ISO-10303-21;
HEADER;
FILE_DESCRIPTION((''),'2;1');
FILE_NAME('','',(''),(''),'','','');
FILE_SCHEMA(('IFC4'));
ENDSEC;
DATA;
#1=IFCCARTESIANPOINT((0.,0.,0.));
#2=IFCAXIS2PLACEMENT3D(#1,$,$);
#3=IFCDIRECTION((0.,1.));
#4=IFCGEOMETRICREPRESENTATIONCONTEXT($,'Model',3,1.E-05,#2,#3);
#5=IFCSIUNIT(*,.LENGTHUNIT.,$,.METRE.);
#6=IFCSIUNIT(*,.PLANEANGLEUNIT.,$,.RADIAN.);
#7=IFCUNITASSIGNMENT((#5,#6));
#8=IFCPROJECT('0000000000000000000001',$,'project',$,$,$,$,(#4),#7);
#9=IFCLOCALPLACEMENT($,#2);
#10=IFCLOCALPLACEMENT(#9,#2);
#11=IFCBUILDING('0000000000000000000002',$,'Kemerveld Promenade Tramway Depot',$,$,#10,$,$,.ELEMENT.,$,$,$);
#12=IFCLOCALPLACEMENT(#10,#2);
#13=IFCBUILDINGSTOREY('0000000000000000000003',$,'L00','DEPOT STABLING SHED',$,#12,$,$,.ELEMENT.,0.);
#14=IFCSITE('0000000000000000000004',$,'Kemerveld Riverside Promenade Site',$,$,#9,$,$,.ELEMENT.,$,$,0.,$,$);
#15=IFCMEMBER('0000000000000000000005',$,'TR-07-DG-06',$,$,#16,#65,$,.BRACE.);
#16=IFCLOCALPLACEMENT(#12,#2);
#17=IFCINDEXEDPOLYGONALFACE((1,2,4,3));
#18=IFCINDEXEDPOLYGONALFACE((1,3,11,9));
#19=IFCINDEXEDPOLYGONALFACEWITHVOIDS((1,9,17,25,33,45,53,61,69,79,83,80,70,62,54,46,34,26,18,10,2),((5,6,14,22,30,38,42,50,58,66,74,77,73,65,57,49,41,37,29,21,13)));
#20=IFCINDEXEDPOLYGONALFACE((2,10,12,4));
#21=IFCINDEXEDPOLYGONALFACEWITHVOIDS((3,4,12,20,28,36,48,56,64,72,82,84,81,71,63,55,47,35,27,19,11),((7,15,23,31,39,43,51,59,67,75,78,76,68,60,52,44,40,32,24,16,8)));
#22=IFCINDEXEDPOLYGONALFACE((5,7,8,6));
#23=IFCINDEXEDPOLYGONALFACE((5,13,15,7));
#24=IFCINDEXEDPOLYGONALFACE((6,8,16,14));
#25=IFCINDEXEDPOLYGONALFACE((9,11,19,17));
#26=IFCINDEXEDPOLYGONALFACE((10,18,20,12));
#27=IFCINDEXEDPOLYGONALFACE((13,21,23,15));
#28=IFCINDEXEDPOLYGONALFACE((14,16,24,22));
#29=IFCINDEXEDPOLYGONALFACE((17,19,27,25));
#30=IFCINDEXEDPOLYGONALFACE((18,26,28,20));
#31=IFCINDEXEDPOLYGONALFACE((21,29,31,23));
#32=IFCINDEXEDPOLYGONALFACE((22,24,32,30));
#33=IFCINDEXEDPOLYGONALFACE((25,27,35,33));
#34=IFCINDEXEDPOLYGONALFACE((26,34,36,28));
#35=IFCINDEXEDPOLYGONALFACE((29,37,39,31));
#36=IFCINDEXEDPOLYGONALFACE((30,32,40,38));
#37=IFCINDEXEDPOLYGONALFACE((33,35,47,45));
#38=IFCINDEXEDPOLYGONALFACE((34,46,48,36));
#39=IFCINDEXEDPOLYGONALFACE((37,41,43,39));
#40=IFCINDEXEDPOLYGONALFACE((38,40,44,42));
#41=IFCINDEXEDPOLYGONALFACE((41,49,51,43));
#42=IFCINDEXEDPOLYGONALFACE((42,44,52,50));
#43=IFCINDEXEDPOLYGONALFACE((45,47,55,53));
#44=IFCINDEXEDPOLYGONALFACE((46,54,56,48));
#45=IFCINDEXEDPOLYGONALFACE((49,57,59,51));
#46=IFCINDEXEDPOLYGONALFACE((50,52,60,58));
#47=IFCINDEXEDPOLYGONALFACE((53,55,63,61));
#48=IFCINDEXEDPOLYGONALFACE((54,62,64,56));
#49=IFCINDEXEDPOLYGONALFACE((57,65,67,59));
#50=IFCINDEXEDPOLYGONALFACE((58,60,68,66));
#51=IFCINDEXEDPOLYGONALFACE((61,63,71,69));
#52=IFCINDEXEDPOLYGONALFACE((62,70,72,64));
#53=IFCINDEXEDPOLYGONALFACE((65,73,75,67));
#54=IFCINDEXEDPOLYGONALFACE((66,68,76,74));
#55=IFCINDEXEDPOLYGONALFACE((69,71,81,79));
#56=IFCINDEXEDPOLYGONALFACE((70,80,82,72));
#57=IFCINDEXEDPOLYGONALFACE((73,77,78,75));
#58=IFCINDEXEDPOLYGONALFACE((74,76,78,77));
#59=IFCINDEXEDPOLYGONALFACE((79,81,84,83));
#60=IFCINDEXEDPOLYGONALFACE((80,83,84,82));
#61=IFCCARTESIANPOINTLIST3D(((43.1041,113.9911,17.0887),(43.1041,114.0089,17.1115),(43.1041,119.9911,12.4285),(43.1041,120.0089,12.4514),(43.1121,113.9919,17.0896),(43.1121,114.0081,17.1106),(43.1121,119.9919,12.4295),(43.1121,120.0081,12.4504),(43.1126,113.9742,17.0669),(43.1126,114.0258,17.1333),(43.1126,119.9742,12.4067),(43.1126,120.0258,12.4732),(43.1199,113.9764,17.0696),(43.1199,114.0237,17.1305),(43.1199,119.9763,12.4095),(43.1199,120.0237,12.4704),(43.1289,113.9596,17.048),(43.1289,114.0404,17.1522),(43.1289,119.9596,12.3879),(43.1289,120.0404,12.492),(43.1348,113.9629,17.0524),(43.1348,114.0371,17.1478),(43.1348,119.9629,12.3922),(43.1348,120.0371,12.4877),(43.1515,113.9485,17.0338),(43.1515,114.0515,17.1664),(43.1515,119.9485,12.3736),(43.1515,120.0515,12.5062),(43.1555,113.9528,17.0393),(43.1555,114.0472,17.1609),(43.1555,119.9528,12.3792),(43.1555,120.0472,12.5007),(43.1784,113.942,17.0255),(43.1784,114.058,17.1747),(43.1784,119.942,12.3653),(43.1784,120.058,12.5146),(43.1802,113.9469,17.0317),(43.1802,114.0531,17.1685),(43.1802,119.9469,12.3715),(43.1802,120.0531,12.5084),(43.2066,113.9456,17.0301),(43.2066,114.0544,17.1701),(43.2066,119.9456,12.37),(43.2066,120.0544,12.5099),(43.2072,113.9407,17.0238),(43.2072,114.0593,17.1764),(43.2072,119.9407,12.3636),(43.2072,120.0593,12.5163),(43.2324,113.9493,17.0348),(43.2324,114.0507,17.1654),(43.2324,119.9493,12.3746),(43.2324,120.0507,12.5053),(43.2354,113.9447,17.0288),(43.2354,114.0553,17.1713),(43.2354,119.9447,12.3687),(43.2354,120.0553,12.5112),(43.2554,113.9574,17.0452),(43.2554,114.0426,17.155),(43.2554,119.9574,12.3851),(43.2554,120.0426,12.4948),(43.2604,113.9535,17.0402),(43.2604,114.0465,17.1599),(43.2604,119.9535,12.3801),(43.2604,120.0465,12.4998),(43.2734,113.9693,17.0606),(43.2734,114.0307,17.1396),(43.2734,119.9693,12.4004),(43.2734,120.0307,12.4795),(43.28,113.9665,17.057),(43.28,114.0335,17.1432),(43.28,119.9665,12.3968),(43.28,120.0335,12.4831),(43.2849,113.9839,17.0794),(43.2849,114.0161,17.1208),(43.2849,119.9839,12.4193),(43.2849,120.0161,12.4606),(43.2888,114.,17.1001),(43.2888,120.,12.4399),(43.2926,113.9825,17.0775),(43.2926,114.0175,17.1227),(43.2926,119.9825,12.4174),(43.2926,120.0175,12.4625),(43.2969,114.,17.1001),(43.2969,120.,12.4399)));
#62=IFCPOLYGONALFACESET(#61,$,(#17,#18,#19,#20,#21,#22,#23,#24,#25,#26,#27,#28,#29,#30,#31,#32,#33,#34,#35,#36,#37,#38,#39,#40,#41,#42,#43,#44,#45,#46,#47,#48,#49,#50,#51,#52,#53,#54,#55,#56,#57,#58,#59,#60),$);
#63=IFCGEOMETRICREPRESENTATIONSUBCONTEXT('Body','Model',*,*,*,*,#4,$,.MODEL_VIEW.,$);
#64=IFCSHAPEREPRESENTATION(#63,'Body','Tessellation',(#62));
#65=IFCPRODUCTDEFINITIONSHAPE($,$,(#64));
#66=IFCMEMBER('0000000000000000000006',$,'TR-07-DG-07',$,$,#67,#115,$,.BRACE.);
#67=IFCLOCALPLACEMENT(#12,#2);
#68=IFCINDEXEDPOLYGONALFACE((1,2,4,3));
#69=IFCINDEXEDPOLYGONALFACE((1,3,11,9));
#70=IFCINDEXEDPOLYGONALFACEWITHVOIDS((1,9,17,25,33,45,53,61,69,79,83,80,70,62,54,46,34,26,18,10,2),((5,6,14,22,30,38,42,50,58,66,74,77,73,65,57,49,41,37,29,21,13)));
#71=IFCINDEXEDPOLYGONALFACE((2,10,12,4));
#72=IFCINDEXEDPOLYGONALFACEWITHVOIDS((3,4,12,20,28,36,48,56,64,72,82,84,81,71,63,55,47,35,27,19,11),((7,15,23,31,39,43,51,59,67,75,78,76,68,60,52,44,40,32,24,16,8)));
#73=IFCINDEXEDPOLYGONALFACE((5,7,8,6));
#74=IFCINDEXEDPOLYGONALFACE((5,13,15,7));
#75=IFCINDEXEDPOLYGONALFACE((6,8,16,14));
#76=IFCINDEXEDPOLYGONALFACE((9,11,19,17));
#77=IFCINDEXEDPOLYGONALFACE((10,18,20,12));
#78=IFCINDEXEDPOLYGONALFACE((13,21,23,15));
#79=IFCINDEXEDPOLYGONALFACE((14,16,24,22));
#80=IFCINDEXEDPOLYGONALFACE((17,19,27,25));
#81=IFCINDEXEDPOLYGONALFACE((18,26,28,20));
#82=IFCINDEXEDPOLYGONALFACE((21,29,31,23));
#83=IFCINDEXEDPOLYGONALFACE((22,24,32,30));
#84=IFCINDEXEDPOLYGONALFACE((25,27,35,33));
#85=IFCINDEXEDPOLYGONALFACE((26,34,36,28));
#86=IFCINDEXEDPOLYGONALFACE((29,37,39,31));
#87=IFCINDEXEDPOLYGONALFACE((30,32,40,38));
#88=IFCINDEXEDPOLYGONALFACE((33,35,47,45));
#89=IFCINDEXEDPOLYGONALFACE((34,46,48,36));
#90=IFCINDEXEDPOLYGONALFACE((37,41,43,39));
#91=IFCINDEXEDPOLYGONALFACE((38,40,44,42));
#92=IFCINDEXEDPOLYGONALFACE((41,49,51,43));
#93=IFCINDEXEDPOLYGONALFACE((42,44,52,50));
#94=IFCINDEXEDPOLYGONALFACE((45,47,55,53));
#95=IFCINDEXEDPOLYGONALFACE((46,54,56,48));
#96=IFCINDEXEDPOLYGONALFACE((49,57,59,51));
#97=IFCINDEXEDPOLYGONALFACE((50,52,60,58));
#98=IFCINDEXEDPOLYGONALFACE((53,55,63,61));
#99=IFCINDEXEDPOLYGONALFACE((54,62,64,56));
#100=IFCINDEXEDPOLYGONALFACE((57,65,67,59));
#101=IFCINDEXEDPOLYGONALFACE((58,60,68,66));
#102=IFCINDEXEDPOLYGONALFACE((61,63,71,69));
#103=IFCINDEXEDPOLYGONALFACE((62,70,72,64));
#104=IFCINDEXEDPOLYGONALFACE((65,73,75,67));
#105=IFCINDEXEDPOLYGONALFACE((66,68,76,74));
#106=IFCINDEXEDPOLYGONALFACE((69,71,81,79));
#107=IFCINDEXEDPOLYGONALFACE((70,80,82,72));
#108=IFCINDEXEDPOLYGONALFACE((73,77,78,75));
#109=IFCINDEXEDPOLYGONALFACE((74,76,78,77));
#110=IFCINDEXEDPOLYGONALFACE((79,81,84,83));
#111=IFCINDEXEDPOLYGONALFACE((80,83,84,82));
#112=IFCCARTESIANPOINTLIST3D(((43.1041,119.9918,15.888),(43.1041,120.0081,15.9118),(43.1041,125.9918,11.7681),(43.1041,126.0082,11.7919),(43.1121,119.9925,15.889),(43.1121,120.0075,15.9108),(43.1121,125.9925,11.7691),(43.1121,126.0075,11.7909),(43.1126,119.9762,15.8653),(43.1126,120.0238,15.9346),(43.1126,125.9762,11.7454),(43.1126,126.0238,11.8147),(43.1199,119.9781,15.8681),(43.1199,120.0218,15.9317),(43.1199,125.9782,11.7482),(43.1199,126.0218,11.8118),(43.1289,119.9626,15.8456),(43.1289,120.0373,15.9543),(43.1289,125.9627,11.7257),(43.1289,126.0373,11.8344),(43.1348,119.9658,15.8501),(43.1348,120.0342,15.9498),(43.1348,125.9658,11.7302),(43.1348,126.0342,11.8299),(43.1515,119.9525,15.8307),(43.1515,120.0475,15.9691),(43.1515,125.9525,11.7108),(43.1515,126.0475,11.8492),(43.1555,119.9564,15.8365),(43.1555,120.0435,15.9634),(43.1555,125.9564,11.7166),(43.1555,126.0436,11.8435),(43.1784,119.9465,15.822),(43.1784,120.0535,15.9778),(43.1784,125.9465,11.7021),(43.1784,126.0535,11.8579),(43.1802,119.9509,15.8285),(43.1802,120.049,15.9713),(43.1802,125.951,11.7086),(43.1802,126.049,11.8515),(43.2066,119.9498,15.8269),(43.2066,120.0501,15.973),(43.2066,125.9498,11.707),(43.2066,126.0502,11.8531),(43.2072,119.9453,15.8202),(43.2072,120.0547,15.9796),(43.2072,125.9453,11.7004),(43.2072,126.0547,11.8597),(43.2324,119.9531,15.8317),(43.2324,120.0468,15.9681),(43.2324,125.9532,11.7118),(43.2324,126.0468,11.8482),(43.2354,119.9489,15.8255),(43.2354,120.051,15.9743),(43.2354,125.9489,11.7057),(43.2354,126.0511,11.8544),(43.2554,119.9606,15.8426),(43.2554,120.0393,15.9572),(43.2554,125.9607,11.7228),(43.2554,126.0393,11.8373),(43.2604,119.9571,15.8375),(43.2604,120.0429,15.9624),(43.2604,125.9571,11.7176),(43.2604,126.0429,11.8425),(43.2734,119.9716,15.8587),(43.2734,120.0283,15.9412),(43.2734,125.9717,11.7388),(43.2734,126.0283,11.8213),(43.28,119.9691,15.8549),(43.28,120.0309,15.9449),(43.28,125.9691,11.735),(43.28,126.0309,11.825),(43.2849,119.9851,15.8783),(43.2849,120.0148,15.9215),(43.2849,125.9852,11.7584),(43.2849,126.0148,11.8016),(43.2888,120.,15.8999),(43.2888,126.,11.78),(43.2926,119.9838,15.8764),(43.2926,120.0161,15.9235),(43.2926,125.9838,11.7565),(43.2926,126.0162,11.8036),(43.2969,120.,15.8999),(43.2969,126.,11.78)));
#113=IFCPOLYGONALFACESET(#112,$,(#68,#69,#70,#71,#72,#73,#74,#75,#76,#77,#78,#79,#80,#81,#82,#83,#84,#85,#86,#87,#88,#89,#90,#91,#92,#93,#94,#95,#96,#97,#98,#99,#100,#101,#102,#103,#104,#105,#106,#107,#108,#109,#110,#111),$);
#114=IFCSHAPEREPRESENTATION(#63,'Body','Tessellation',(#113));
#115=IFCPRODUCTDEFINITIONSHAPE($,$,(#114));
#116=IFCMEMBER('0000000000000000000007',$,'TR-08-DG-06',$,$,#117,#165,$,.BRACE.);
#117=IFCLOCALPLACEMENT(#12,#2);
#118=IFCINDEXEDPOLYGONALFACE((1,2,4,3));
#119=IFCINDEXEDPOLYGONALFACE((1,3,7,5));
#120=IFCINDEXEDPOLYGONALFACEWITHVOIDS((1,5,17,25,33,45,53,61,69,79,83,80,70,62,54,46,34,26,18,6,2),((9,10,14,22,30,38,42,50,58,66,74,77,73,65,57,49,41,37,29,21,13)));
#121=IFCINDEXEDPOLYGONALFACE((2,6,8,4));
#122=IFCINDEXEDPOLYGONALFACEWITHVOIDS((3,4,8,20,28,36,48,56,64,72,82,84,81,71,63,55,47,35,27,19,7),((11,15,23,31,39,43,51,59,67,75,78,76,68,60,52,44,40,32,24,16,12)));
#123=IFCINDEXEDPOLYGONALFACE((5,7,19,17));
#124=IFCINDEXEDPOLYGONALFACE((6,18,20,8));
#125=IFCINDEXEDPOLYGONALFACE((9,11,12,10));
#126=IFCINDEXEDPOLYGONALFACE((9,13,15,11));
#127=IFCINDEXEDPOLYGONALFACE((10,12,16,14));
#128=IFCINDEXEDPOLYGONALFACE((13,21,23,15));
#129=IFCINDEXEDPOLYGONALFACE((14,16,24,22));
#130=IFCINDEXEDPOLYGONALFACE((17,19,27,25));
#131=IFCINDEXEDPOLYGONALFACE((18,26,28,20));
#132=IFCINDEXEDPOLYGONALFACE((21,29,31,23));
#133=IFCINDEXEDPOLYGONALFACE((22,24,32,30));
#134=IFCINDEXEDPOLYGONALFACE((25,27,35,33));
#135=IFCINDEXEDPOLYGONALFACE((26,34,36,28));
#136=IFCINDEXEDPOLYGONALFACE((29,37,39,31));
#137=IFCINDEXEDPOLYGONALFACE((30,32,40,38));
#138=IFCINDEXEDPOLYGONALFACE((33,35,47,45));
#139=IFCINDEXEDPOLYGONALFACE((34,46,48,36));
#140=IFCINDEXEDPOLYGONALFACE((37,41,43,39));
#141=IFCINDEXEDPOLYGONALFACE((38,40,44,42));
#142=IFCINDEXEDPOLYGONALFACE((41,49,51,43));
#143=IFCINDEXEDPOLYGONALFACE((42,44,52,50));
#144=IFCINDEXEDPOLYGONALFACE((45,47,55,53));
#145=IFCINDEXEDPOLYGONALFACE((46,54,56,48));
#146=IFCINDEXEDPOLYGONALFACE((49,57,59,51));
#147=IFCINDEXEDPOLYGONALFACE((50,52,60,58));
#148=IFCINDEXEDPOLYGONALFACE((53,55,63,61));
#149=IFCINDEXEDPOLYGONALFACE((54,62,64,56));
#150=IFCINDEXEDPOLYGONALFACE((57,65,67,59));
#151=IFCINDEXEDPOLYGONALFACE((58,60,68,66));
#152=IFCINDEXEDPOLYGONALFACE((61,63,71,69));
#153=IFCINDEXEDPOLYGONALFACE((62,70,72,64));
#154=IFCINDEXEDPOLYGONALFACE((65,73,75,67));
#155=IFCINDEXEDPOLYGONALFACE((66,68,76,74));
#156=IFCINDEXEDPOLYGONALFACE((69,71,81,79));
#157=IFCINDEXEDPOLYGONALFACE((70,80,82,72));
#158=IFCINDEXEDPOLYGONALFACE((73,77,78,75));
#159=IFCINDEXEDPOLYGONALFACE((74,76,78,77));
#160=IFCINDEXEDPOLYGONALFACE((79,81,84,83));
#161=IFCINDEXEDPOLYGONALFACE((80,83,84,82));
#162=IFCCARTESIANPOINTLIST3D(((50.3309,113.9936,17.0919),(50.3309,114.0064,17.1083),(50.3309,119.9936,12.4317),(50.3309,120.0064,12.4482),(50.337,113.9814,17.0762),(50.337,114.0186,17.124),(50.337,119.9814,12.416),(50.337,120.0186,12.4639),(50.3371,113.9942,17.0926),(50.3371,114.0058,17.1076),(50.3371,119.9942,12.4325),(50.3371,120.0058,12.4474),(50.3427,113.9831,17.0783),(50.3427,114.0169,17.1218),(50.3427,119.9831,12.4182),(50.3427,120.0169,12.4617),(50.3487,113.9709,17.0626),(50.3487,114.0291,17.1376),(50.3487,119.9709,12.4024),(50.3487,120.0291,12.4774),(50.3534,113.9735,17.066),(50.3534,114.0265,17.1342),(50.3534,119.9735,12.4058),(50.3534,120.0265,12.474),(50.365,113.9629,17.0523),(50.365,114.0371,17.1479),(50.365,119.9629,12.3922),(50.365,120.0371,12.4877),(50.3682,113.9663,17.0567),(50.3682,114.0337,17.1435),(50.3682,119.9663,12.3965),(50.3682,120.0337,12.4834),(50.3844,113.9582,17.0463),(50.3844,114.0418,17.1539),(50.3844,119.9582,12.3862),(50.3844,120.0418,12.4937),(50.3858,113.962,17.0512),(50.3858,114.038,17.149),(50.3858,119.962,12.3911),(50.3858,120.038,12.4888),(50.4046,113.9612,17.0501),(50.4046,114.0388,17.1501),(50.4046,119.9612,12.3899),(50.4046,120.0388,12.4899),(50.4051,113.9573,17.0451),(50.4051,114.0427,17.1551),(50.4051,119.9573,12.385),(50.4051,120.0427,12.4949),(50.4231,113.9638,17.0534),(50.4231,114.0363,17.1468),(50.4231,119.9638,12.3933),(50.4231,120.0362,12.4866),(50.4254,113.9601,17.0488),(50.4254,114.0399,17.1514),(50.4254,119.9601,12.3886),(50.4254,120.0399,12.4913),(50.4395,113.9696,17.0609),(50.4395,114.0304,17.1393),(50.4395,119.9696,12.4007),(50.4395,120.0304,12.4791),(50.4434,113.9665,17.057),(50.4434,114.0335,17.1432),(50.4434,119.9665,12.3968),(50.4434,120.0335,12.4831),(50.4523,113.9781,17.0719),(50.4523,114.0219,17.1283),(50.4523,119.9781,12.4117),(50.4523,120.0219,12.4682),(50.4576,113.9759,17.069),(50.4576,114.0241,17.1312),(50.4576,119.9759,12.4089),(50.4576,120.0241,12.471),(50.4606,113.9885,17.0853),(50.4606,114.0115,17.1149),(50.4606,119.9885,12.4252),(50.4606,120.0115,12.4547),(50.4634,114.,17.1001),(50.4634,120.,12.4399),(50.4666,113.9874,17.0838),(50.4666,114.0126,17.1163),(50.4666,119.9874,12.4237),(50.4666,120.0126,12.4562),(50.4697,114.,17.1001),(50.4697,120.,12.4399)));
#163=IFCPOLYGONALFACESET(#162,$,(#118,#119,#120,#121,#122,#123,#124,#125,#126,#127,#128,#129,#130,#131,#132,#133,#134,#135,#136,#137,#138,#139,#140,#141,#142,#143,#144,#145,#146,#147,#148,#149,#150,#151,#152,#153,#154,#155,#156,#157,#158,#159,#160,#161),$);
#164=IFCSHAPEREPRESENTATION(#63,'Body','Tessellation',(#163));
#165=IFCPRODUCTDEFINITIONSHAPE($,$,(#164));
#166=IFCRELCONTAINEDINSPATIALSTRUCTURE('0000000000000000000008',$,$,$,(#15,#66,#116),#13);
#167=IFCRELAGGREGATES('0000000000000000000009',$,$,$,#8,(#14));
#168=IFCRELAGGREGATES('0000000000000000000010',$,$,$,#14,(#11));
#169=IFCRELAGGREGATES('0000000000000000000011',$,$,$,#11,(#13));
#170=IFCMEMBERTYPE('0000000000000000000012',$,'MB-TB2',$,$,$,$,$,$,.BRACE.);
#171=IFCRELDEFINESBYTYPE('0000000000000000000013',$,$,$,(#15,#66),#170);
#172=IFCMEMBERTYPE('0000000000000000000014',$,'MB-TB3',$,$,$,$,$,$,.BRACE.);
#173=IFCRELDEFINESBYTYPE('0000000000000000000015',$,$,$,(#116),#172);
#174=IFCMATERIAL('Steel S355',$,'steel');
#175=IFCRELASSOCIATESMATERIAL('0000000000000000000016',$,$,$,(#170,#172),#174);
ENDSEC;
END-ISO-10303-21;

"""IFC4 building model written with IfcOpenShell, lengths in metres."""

from ifc_helpers import new_model, si_unit, direction, frame, origin, origin_2d, place, context, subcontext, project, spatial, hollow_circle, extrude, material, material_profile, profile_set, type_object, element, save


model = new_model("IFC4")

# Units and contexts
model_context = context("Model", 3, precision=1e-05, world=origin(), true_north=direction((0.0, 1.0)))
body_context = subcontext(model_context, "Body", "Model", "MODEL_VIEW")
ifc_project = project(units=[si_unit("LENGTHUNIT", "METRE"), si_unit("PLANEANGLEUNIT", "RADIAN")], contexts=[model_context])

# Site, building, storey
site_placement = place(None, origin())
site = spatial("IfcSite", under=ifc_project, at=site_placement, Name="Kemerveld Riverside Promenade Site", CompositionType="ELEMENT", RefElevation=0.0)
building_placement = place(site_placement, origin())
building = spatial("IfcBuilding", under=site, at=building_placement, Name="Kemerveld Promenade Tramway Depot", CompositionType="ELEMENT")
storey_placement = place(building_placement, origin())
storey = spatial("IfcBuildingStorey", under=building, at=storey_placement, Name="L00", Description="DEPOT STABLING SHED", CompositionType="ELEMENT", Elevation=0.0)

# Members
ifc_material_1 = material(Name="Steel S355", Category="steel")
ifc_material_profile_1 = material_profile(ifc_material_1, hollow_circle(Radius=0.0969, WallThickness=0.0081, at=origin_2d()), Name="193.7x8.0 CHS")
ifc_profile_set_1 = profile_set([ifc_material_profile_1], Name="Steel S355")
member_type_1 = type_object("IfcMemberType", Name="MB-TB2", PredefinedType="BRACE", material=ifc_profile_set_1)
member_1_placement = place(storey_placement, frame((43.2, 120.0, 12.4399), z_axis=(0.0, -0.789767, 0.613407), x_axis=(1.0, 0.0, 0.0)))
element("IfcMember", 1, at=member_1_placement, inside=storey, type_object=member_type_1, Name="TR-07-DG-06", PredefinedType="BRACE", context=body_context, shape_type="SweptSolid", body=[
    extrude(hollow_circle(Radius=0.0969, WallThickness=0.0081, at=origin_2d()), origin(), (0.0, 0.0, 1.0), 7.5972),
])
member_2_placement = place(storey_placement, frame((43.2, 126.0, 11.78), z_axis=(0.0, -0.824371, 0.56605), x_axis=(1.0, 0.0, 0.0)))
element("IfcMember", 2, at=member_2_placement, inside=storey, type_object=member_type_1, Name="TR-07-DG-07", PredefinedType="BRACE", context=body_context, shape_type="SweptSolid", body=[
    extrude(hollow_circle(Radius=0.0969, WallThickness=0.0081, at=origin_2d()), origin(), (0.0, 0.0, 1.0), 7.2783),
])
ifc_material_profile_2 = material_profile(ifc_material_1, hollow_circle(Radius=0.0698, WallThickness=0.0063, at=origin_2d()), Name="139.7x6.3 CHS")
ifc_profile_set_2 = profile_set([ifc_material_profile_2], Name="Steel S355")
member_type_2 = type_object("IfcMemberType", Name="MB-TB3", PredefinedType="BRACE", material=ifc_profile_set_2)
member_3_placement = place(storey_placement, frame((50.3999, 120.0, 12.4399), z_axis=(0.0, -0.789767, 0.613407), x_axis=(1.0, 0.0, 0.0)))
element("IfcMember", 3, at=member_3_placement, inside=storey, type_object=member_type_2, Name="TR-08-DG-06", PredefinedType="BRACE", context=body_context, shape_type="SweptSolid", body=[
    extrude(hollow_circle(Radius=0.0698, WallThickness=0.0063, at=origin_2d()), origin(), (0.0, 0.0, 1.0), 7.5972),
])

save(model, "model.ifc")
